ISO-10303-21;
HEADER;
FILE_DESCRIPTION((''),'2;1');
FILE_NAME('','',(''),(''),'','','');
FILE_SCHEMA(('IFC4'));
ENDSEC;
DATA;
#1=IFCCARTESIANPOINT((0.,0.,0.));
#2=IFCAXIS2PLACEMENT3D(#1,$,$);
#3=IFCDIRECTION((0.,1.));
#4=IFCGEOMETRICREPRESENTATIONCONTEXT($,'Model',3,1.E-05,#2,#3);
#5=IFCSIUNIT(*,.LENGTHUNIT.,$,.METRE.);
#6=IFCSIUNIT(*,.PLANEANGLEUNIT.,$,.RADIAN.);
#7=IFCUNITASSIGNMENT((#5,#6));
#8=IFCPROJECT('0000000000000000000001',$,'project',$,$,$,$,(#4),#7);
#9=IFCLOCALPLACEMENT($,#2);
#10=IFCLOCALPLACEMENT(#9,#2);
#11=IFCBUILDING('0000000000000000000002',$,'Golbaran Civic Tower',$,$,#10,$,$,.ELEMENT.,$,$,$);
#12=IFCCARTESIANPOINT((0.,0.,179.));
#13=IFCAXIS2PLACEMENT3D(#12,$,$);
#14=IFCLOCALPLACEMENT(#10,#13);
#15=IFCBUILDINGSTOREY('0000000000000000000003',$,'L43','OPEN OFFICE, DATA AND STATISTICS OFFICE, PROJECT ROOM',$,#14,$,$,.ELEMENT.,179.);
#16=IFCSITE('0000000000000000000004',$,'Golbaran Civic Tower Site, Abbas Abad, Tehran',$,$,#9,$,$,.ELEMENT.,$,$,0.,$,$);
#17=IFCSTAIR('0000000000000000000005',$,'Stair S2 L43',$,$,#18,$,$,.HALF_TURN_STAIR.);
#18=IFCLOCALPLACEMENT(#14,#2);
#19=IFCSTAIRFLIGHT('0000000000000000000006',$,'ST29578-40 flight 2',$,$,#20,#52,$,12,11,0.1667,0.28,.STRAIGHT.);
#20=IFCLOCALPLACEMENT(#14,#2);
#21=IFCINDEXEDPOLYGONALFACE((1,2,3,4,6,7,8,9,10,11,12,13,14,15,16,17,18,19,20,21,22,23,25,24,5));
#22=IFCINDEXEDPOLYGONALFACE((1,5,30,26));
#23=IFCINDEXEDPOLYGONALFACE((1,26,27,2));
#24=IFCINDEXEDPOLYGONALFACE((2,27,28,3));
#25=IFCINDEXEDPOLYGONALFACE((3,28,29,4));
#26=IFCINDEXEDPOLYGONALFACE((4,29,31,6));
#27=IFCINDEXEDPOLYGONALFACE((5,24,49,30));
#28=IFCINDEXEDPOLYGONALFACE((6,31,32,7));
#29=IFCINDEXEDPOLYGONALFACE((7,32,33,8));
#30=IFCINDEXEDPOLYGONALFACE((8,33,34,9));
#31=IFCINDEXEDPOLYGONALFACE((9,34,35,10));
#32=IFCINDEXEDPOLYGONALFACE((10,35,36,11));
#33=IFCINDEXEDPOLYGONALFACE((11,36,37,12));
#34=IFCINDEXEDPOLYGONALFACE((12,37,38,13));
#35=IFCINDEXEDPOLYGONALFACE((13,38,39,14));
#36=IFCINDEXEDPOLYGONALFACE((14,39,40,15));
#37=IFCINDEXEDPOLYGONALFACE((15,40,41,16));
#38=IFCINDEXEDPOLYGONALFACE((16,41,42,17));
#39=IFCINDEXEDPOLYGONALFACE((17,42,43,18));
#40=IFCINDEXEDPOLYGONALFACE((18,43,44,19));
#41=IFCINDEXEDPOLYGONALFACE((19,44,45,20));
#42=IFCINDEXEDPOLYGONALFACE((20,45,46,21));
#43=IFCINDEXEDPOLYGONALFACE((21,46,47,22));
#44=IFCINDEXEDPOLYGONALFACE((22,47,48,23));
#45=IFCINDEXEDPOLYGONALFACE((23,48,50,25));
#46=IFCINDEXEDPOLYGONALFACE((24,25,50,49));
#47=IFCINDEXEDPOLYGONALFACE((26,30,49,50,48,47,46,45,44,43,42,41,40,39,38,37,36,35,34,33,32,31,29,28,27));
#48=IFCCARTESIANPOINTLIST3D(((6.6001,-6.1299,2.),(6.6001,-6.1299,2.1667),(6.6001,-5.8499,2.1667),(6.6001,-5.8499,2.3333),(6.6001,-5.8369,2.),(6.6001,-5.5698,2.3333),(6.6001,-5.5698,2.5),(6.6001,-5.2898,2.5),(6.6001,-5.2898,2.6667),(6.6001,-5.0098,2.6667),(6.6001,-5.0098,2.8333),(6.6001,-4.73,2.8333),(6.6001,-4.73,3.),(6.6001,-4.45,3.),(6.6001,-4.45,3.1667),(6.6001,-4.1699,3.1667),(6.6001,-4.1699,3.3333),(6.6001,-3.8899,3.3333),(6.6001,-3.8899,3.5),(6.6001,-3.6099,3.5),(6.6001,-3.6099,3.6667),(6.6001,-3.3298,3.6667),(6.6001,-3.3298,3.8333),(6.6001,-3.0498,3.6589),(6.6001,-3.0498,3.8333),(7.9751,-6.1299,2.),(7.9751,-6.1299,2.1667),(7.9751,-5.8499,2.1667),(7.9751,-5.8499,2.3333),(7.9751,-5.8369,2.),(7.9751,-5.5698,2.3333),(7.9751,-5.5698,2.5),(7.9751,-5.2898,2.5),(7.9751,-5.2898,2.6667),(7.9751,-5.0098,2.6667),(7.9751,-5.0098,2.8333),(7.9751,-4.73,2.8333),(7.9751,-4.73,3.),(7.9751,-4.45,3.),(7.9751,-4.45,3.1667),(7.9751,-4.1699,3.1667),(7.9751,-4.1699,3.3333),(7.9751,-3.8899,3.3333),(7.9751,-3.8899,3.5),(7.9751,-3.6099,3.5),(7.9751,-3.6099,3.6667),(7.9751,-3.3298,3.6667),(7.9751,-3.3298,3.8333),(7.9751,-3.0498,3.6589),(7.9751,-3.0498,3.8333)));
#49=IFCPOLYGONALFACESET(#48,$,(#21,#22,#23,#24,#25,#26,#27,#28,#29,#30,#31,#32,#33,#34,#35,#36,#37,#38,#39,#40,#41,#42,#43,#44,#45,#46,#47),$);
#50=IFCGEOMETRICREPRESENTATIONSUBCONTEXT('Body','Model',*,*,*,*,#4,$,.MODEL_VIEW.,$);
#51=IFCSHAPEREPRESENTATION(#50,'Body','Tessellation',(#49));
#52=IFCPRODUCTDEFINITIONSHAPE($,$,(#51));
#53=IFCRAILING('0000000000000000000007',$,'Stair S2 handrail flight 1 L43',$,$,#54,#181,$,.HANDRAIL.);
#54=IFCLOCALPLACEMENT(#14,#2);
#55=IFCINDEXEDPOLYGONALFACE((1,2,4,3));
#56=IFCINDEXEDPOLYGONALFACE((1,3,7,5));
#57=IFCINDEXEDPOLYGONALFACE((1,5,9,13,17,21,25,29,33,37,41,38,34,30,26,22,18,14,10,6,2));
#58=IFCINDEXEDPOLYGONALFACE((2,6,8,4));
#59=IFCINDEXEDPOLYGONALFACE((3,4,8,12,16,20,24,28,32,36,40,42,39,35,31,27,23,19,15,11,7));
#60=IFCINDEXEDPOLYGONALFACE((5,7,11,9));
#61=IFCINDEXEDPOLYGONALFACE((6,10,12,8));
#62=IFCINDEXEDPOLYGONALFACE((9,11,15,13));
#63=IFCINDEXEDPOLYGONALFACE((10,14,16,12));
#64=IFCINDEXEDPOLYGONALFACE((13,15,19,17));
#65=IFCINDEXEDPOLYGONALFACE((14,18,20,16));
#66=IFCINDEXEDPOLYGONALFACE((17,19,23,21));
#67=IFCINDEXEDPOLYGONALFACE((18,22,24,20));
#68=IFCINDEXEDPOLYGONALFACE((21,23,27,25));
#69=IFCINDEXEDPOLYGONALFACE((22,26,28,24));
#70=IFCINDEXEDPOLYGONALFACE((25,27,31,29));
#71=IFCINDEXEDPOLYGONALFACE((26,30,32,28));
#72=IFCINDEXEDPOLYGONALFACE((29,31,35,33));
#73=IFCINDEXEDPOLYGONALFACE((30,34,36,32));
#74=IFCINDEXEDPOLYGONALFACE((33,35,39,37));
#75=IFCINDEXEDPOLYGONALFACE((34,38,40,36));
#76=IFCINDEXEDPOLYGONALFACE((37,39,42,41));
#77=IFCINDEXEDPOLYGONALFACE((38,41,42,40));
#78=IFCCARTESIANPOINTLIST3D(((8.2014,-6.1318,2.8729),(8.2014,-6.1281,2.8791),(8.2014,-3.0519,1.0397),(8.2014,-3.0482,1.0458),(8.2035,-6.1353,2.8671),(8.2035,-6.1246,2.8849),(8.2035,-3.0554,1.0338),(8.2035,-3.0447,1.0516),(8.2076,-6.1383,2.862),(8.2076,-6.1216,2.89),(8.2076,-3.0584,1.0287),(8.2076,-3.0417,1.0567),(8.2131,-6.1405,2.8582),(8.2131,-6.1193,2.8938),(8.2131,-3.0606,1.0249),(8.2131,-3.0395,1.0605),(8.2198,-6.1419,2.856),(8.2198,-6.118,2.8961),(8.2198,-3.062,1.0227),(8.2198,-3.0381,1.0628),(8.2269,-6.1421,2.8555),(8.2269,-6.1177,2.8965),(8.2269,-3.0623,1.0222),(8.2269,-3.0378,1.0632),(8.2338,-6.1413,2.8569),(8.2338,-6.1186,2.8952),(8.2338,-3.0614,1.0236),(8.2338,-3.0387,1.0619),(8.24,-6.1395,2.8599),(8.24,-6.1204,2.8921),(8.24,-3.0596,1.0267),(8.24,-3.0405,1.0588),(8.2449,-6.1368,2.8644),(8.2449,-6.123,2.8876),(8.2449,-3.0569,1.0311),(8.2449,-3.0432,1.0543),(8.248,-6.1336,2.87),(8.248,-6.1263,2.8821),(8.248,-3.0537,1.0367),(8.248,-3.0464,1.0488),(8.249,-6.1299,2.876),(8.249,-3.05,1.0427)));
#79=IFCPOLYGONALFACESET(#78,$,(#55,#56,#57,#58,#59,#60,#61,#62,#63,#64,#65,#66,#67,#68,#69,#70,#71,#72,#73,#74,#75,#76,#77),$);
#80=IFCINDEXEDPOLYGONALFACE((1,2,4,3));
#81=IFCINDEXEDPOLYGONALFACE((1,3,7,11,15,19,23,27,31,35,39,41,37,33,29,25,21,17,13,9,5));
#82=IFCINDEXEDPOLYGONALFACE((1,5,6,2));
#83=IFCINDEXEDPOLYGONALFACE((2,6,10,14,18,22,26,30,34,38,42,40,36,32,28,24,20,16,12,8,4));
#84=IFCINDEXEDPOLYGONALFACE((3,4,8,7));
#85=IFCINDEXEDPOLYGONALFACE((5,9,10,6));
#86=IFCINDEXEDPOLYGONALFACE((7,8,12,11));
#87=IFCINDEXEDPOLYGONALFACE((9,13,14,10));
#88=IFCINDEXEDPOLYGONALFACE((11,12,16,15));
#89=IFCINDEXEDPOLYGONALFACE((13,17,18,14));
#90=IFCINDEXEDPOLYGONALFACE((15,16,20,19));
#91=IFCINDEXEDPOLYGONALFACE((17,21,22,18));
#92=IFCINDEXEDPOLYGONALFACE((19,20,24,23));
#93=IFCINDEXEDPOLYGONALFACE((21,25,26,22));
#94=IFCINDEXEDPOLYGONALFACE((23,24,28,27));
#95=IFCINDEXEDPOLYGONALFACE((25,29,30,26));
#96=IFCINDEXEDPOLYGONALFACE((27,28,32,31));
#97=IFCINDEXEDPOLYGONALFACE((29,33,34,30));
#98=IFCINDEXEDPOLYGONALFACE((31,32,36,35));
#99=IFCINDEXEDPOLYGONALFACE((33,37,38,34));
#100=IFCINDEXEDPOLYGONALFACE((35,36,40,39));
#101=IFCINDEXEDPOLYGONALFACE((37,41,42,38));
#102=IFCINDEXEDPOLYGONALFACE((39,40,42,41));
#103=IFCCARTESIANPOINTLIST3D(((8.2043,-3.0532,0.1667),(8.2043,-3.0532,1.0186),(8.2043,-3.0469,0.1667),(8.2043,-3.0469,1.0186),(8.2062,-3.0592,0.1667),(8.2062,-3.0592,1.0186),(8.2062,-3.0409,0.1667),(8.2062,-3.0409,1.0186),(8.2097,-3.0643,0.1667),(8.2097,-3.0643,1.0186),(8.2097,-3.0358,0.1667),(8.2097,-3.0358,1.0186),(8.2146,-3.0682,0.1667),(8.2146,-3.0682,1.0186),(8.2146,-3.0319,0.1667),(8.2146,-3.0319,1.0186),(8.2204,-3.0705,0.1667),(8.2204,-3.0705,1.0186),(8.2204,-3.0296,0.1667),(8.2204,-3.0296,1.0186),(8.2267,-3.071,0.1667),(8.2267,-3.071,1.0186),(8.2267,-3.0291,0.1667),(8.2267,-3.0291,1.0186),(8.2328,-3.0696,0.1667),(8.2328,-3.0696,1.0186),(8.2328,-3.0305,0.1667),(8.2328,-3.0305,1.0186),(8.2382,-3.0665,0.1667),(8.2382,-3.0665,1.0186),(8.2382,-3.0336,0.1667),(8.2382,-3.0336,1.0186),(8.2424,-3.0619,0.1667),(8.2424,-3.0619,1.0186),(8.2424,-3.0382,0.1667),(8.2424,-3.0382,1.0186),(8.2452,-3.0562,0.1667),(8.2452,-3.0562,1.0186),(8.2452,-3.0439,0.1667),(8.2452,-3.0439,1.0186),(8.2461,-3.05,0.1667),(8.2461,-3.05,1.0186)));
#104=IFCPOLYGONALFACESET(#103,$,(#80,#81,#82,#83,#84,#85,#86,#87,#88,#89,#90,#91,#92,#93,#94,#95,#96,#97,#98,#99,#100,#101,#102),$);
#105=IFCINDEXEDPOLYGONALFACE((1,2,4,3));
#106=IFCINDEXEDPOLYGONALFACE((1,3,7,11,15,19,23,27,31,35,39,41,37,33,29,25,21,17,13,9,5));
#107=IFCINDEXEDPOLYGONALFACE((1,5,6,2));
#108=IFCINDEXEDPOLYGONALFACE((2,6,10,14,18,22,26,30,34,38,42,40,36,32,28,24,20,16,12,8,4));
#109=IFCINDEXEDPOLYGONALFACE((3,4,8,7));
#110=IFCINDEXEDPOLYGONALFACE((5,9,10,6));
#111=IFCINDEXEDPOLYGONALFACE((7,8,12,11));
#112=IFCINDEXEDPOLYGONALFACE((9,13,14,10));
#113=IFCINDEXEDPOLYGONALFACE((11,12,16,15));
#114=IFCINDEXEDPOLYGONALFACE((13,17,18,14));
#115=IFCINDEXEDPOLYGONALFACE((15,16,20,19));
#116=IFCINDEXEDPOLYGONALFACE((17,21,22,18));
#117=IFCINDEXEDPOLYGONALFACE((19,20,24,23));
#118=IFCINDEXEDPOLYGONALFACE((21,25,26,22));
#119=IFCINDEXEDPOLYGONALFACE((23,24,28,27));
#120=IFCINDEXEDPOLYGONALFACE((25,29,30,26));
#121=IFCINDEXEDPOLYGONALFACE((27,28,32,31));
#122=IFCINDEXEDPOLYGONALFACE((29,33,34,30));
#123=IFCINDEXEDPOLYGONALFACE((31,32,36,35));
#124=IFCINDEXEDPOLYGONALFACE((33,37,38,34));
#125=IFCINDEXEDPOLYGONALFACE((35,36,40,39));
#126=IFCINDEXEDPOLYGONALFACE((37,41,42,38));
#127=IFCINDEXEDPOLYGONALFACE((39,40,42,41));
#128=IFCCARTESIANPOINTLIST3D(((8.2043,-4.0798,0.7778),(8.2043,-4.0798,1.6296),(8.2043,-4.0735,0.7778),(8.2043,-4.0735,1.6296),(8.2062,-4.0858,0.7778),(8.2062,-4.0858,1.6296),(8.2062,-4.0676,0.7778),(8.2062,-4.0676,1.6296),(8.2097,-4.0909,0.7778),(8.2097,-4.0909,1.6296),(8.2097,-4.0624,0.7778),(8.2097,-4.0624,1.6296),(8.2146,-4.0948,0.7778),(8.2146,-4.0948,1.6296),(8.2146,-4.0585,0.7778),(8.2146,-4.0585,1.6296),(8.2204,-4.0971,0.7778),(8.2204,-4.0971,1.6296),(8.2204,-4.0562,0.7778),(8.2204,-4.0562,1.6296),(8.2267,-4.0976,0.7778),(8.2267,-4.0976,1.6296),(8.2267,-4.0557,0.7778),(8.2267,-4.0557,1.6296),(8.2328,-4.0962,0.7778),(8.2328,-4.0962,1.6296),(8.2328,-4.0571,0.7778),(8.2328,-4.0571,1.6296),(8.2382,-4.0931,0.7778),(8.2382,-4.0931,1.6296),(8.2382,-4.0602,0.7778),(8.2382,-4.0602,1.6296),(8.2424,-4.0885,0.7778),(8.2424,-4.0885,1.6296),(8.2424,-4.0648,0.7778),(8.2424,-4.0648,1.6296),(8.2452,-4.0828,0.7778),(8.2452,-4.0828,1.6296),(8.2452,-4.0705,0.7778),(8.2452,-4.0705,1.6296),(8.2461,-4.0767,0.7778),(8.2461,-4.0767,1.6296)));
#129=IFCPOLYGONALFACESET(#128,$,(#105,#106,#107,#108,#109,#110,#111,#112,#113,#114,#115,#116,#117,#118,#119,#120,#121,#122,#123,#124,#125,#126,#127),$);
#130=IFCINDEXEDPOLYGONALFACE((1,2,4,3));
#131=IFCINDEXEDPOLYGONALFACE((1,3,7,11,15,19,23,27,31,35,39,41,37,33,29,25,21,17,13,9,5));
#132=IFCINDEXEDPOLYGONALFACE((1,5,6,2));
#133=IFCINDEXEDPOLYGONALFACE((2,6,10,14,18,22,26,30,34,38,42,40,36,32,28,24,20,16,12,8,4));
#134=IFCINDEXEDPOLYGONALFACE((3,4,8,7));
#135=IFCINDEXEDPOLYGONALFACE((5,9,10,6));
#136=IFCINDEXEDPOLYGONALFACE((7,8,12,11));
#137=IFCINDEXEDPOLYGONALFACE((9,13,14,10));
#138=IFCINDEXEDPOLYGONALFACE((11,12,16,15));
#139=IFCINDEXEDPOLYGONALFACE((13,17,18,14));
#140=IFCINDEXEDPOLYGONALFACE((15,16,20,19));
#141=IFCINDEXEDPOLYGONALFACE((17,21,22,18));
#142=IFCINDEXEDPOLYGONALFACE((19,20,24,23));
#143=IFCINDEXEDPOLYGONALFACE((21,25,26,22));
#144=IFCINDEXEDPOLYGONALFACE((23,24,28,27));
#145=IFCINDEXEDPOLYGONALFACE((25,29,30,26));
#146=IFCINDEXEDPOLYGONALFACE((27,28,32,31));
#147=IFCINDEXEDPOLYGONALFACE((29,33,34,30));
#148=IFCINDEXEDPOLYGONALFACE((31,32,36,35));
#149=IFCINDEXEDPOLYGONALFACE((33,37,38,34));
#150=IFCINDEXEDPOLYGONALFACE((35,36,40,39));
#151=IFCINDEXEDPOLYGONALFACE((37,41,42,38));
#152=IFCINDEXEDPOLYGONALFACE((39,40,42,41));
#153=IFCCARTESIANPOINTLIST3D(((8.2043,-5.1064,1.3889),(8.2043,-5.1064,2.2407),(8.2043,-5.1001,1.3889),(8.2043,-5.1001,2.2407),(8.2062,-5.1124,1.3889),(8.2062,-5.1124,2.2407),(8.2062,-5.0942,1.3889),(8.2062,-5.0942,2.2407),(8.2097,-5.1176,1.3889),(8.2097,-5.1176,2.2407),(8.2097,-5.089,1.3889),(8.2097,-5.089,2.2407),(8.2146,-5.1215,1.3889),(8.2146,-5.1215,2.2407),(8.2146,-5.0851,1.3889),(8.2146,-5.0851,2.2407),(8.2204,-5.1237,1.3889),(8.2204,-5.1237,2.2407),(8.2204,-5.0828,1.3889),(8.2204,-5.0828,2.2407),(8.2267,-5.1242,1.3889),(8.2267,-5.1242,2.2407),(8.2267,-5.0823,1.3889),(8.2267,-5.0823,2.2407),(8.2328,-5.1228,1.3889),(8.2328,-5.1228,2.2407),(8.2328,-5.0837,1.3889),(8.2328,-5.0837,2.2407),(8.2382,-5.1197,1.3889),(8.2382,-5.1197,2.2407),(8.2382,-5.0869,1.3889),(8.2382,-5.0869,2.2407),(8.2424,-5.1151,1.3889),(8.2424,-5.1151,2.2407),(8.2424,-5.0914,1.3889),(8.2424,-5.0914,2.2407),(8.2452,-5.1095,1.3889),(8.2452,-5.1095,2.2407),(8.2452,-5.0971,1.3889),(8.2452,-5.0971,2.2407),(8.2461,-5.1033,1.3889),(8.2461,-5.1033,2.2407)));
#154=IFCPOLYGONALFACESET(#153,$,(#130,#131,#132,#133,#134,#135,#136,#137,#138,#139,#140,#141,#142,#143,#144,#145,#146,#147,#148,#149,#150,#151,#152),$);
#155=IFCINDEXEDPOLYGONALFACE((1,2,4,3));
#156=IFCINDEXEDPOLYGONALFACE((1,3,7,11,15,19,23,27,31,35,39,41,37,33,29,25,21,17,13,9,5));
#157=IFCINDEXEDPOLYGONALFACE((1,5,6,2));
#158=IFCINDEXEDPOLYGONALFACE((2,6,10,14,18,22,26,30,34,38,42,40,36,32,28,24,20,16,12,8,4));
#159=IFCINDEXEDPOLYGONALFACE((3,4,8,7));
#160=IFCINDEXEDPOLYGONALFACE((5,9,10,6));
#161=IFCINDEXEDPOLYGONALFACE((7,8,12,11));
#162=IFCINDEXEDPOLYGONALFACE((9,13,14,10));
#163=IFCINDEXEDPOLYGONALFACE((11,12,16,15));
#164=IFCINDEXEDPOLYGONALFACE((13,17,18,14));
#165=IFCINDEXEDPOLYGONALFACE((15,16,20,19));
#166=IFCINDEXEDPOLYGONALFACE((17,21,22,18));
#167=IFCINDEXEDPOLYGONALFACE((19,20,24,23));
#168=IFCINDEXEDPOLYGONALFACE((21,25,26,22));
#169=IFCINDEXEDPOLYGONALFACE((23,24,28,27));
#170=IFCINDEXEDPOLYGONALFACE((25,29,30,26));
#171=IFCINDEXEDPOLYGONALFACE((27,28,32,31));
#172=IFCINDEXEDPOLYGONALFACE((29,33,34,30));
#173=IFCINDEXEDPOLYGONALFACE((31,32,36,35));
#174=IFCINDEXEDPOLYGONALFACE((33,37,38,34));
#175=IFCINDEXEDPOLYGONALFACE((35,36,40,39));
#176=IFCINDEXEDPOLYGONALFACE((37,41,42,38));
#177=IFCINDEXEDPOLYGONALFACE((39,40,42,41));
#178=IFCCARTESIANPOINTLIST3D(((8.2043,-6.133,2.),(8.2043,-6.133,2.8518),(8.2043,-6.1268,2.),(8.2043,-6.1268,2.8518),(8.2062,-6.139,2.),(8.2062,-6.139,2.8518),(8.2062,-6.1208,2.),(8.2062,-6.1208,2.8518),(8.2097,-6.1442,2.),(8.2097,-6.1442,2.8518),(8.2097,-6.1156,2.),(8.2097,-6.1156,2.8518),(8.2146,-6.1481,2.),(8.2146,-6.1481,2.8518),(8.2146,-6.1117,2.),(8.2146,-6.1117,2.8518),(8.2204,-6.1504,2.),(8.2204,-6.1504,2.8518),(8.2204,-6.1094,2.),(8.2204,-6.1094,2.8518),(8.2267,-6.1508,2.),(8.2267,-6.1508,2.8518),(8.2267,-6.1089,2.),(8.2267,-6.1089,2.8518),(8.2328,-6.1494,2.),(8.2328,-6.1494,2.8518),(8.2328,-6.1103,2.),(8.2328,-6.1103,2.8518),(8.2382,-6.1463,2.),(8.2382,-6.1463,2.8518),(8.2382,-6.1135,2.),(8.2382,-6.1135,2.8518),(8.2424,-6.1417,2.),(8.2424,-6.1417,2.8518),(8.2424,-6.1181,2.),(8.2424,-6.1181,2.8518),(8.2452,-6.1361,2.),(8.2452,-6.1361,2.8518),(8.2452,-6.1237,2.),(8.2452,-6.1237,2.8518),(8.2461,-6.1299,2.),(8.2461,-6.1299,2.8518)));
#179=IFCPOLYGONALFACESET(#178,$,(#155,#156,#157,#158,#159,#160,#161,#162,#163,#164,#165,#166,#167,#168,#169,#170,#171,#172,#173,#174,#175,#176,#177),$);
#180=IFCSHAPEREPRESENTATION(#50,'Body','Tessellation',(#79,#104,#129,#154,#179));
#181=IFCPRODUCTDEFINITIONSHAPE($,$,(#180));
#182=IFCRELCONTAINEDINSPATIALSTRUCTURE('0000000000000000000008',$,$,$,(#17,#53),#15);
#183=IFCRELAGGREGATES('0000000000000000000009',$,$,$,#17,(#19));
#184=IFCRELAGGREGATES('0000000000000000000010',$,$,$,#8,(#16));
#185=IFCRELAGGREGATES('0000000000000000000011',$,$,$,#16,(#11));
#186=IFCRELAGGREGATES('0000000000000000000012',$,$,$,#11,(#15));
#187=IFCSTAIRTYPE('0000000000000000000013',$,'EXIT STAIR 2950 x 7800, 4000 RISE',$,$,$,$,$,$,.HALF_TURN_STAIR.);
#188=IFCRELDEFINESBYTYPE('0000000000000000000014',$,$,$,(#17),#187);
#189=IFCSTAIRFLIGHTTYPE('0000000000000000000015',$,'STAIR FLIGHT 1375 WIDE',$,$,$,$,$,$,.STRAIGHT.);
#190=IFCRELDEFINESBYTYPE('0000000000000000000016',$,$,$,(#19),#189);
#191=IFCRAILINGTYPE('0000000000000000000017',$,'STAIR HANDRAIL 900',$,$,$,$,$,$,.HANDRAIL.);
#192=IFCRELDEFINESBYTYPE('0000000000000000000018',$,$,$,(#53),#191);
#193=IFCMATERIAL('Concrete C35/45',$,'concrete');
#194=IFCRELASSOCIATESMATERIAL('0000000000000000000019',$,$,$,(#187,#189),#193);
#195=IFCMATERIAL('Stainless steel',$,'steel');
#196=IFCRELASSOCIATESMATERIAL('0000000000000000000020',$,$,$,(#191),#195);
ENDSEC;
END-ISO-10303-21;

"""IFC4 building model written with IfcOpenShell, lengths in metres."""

from ifc_helpers import new_model, si_unit, direction, frame, origin, origin_2d, place, context, subcontext, project, spatial, polyline, circle, outline, extrude, material, type_object, element, aggregate, save


model = new_model("IFC4")

# Units and contexts
model_context = context("Model", 3, precision=1e-05, world=origin(), true_north=direction((0.0, 1.0)))
body_context = subcontext(model_context, "Body", "Model", "MODEL_VIEW")
ifc_project = project(units=[si_unit("LENGTHUNIT", "METRE"), si_unit("PLANEANGLEUNIT", "RADIAN")], contexts=[model_context])

# Site, building, storey
site_placement = place(None, origin())
site = spatial("IfcSite", under=ifc_project, at=site_placement, Name="Golbaran Civic Tower Site, Abbas Abad, Tehran", CompositionType="ELEMENT", RefElevation=0.0)
building_placement = place(site_placement, origin())
building = spatial("IfcBuilding", under=site, at=building_placement, Name="Golbaran Civic Tower", CompositionType="ELEMENT")
storey_placement = place(building_placement, frame((0.0, 0.0, 179.0)))
storey = spatial("IfcBuildingStorey", under=building, at=storey_placement, Name="L43", Description="OPEN OFFICE, DATA AND STATISTICS OFFICE, PROJECT ROOM", CompositionType="ELEMENT", Elevation=179.0)

# Shared definitions
ifc_material_1 = material(Name="Stainless steel", Category="steel")

# Stair, stair flight
ifc_material_2 = material(Name="Concrete C35/45", Category="concrete")
stair_type = type_object("IfcStairType", Name="EXIT STAIR 2950 x 7800, 4000 RISE", PredefinedType="HALF_TURN_STAIR", material=ifc_material_2)
stair_placement = place(storey_placement, origin())
stair = element("IfcStair", 1, at=stair_placement, inside=storey, type_object=stair_type, Name="Stair S2 L43", PredefinedType="HALF_TURN_STAIR")
stair_flight_type = type_object("IfcStairFlightType", Name="STAIR FLIGHT 1375 WIDE", PredefinedType="STRAIGHT", material=ifc_material_2)
stair_flight_1_placement = place(storey_placement, frame((7.2876, -6.1299, 2.0), z_axis=(0.0, 0.0, 1.0), x_axis=(0.0, 1.0, 0.0)))
stair_flight_1 = element("IfcStairFlight", 2, at=stair_flight_1_placement, type_object=stair_flight_type, Name="ST29578-40 flight 2", NumberOfRisers=12, NumberOfTreads=11, PredefinedType="STRAIGHT", RiserHeight=0.1667, TreadLength=0.28, context=body_context, shape_type="SweptSolid", body=[
    extrude(outline(polyline([(0.0, 0.0), (0.0, 0.1667), (0.28, 0.1667), (0.28, 0.3333), (0.5601, 0.3333), (0.5601, 0.5), (0.8401, 0.5), (0.8401, 0.6667), (1.1201, 0.6667), (1.1201, 0.8333), (1.3999, 0.8333), (1.3999, 1.0), (1.6799, 1.0), (1.6799, 1.1667), (1.96, 1.1667), (1.96, 1.3333), (2.24, 1.3333), (2.24, 1.5), (2.52, 1.5), (2.52, 1.6667), (2.8, 1.6667), (2.8, 1.8333), (3.0801, 1.8333), (3.0801, 2.0), (3.0801, 1.6589), (0.293, 0.0), (0.0, 0.0)])), frame((0.0, 0.6875, 0.0), z_axis=(0.0, -1.0, 0.0), x_axis=(1.0, 0.0, 0.0)), (0.0, 0.0, 1.0), 1.375),
])
aggregate(stair, [stair_flight_1])

# Railing
railing_type = type_object("IfcRailingType", Name="STAIR HANDRAIL 900", PredefinedType="HANDRAIL", material=ifc_material_1)
railing_1_placement = place(storey_placement, frame((8.2251, -3.05, 0.1667)))
element("IfcRailing", 3, at=railing_1_placement, inside=storey, type_object=railing_type, Name="Stair S2 handrail flight 1 L43", PredefinedType="HANDRAIL", context=body_context, shape_type="SweptSolid", body=[
    extrude(circle(Radius=0.0239, at=origin_2d()), frame((0.0, 0.0, 0.876), z_axis=(0.0, -0.859291, 0.511487), x_axis=(1.0, 0.0, 0.0)), (0.0, 0.0, 1.0), 3.5842),
    extrude(circle(Radius=0.021, at=origin_2d()), origin(), (0.0, 0.0, 1.0), 0.8518),
    extrude(circle(Radius=0.021, at=origin_2d()), frame((0.0, -1.0266, 0.6111)), (0.0, 0.0, 1.0), 0.8518),
    extrude(circle(Radius=0.021, at=origin_2d()), frame((0.0, -2.0532, 1.2222)), (0.0, 0.0, 1.0), 0.8518),
    extrude(circle(Radius=0.021, at=origin_2d()), frame((0.0, -3.0798, 1.8333)), (0.0, 0.0, 1.0), 0.8518),
])

save(model, "model.ifc")
